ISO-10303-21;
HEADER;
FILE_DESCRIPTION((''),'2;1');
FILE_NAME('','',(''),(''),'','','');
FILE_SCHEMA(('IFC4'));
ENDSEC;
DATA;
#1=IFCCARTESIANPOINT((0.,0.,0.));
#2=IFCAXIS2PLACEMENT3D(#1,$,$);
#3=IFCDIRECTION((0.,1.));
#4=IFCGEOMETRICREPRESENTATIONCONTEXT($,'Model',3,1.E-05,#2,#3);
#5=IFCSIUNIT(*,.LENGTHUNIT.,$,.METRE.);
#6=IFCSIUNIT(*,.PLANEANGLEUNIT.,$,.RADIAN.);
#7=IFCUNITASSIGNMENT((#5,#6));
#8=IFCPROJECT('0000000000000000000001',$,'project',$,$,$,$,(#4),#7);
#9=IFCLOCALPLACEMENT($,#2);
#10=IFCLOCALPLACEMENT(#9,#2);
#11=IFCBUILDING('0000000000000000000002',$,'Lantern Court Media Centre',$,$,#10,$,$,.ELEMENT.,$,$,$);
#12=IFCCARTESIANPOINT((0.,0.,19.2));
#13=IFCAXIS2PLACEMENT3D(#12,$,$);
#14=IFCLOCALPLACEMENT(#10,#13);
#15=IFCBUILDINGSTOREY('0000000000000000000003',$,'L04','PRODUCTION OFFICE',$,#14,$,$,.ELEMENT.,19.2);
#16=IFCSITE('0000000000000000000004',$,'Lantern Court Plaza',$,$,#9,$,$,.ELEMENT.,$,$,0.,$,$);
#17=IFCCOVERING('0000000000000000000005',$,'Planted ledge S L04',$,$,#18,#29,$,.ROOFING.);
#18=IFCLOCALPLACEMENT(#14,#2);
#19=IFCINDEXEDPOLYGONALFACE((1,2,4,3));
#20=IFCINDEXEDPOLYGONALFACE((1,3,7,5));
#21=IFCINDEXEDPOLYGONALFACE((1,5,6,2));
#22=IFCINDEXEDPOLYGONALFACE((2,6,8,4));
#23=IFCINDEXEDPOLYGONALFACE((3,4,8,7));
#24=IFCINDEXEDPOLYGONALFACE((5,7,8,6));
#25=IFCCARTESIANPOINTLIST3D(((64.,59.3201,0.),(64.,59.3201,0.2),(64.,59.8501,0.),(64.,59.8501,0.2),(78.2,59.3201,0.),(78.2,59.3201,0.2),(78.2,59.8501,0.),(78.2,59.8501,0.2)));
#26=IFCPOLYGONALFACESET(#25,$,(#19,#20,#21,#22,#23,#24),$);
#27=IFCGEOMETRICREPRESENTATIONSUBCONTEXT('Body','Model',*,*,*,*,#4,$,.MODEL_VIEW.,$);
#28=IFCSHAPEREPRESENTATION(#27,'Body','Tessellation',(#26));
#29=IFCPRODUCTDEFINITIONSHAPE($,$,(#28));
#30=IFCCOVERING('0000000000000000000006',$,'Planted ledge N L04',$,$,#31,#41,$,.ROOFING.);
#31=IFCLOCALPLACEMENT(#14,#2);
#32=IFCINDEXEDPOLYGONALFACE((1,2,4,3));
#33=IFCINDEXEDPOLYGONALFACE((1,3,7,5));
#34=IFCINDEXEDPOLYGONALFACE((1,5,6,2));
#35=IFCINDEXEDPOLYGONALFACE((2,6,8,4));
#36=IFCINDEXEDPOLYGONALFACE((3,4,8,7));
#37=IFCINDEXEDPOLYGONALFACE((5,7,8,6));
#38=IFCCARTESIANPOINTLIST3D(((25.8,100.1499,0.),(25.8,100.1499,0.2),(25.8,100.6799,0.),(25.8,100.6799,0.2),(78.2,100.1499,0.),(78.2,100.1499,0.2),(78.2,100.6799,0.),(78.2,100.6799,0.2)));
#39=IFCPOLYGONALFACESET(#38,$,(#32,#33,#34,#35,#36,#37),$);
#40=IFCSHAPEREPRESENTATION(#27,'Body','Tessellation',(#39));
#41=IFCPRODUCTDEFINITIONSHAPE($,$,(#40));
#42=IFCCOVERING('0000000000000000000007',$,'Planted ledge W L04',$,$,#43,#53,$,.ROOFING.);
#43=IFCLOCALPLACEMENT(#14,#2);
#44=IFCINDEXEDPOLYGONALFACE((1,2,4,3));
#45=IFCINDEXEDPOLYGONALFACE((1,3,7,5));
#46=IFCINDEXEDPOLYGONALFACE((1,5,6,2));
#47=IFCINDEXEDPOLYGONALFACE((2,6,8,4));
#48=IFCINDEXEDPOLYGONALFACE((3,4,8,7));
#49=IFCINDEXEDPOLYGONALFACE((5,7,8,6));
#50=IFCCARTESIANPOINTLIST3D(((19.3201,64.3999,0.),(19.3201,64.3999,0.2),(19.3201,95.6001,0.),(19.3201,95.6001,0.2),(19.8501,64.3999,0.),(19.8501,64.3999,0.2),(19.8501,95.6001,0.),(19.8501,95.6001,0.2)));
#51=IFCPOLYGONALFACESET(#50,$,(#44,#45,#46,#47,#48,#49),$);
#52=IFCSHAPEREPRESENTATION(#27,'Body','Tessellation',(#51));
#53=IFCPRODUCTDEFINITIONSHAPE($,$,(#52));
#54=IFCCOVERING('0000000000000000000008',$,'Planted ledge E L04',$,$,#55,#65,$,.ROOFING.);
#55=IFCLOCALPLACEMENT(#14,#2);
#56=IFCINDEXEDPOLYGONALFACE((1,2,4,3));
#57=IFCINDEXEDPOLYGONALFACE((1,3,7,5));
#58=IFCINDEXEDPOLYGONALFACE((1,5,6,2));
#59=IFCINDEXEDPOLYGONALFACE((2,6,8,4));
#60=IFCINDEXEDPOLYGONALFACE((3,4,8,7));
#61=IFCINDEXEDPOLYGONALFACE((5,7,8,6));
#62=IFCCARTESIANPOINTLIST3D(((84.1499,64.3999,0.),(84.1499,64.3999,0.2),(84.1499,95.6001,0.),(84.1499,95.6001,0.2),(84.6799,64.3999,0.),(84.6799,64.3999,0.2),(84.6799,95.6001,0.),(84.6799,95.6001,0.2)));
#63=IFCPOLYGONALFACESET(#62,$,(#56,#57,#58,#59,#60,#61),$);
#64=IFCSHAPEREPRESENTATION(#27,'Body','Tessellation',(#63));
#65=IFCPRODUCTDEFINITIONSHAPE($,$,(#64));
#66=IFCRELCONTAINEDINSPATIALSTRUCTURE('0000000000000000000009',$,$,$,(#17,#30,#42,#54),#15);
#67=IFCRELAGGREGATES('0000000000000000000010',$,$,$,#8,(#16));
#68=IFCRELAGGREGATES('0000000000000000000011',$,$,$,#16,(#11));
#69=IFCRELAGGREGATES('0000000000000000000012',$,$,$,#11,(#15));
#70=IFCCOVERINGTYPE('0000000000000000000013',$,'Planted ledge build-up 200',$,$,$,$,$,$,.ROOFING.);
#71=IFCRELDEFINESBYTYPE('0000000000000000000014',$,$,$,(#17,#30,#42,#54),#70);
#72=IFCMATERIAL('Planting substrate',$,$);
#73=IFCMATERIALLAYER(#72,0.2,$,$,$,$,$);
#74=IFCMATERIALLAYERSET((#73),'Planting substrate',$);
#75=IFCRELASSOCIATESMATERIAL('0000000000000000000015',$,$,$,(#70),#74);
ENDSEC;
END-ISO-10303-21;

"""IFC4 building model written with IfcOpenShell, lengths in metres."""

from ifc_helpers import new_model, si_unit, direction, frame, origin, place, context, subcontext, project, spatial, polyline, outline, extrude, material, layer, layer_set, type_object, element, save


model = new_model("IFC4")

# Units and contexts
model_context = context("Model", 3, precision=1e-05, world=origin(), true_north=direction((0.0, 1.0)))
body_context = subcontext(model_context, "Body", "Model", "MODEL_VIEW")
ifc_project = project(units=[si_unit("LENGTHUNIT", "METRE"), si_unit("PLANEANGLEUNIT", "RADIAN")], contexts=[model_context])

# Site, building, storey
site_placement = place(None, origin())
site = spatial("IfcSite", under=ifc_project, at=site_placement, Name="Lantern Court Plaza", CompositionType="ELEMENT", RefElevation=0.0)
building_placement = place(site_placement, origin())
building = spatial("IfcBuilding", under=site, at=building_placement, Name="Lantern Court Media Centre", CompositionType="ELEMENT")
storey_placement = place(building_placement, frame((0.0, 0.0, 19.2)))
storey = spatial("IfcBuildingStorey", under=building, at=storey_placement, Name="L04", Description="PRODUCTION OFFICE", CompositionType="ELEMENT", Elevation=19.2)

# Coverings
ifc_material_1 = material(Name="Planting substrate")
ifc_layer_1 = layer(ifc_material_1, 0.2)
ifc_layer_set_1 = layer_set([ifc_layer_1], Name="Planting substrate")
covering_type = type_object("IfcCoveringType", Name="Planted ledge build-up 200", PredefinedType="ROOFING", material=ifc_layer_set_1)
covering_1_placement = place(storey_placement, origin())
element("IfcCovering", 1, at=covering_1_placement, inside=storey, type_object=covering_type, Name="Planted ledge S L04", PredefinedType="ROOFING", context=body_context, shape_type="SweptSolid", body=[
    extrude(outline(polyline([(64.0, 59.8501), (78.2, 59.8501), (78.2, 59.3201), (64.0, 59.3201), (64.0, 59.8501)])), origin(), (0.0, 0.0, 1.0), 0.2),
])
covering_2_placement = place(storey_placement, origin())
element("IfcCovering", 2, at=covering_2_placement, inside=storey, type_object=covering_type, Name="Planted ledge N L04", PredefinedType="ROOFING", context=body_context, shape_type="SweptSolid", body=[
    extrude(outline(polyline([(25.8, 100.1499), (78.2, 100.1499), (78.2, 100.6799), (25.8, 100.6799), (25.8, 100.1499)])), origin(), (0.0, 0.0, 1.0), 0.2),
])
covering_3_placement = place(storey_placement, origin())
element("IfcCovering", 3, at=covering_3_placement, inside=storey, type_object=covering_type, Name="Planted ledge W L04", PredefinedType="ROOFING", context=body_context, shape_type="SweptSolid", body=[
    extrude(outline(polyline([(19.8501, 64.3999), (19.8501, 95.6001), (19.3201, 95.6001), (19.3201, 64.3999), (19.8501, 64.3999)])), origin(), (0.0, 0.0, 1.0), 0.2),
])
covering_4_placement = place(storey_placement, origin())
element("IfcCovering", 4, at=covering_4_placement, inside=storey, type_object=covering_type, Name="Planted ledge E L04", PredefinedType="ROOFING", context=body_context, shape_type="SweptSolid", body=[
    extrude(outline(polyline([(84.1499, 64.3999), (84.1499, 95.6001), (84.6799, 95.6001), (84.6799, 64.3999), (84.1499, 64.3999)])), origin(), (0.0, 0.0, 1.0), 0.2),
])

save(model, "model.ifc")
